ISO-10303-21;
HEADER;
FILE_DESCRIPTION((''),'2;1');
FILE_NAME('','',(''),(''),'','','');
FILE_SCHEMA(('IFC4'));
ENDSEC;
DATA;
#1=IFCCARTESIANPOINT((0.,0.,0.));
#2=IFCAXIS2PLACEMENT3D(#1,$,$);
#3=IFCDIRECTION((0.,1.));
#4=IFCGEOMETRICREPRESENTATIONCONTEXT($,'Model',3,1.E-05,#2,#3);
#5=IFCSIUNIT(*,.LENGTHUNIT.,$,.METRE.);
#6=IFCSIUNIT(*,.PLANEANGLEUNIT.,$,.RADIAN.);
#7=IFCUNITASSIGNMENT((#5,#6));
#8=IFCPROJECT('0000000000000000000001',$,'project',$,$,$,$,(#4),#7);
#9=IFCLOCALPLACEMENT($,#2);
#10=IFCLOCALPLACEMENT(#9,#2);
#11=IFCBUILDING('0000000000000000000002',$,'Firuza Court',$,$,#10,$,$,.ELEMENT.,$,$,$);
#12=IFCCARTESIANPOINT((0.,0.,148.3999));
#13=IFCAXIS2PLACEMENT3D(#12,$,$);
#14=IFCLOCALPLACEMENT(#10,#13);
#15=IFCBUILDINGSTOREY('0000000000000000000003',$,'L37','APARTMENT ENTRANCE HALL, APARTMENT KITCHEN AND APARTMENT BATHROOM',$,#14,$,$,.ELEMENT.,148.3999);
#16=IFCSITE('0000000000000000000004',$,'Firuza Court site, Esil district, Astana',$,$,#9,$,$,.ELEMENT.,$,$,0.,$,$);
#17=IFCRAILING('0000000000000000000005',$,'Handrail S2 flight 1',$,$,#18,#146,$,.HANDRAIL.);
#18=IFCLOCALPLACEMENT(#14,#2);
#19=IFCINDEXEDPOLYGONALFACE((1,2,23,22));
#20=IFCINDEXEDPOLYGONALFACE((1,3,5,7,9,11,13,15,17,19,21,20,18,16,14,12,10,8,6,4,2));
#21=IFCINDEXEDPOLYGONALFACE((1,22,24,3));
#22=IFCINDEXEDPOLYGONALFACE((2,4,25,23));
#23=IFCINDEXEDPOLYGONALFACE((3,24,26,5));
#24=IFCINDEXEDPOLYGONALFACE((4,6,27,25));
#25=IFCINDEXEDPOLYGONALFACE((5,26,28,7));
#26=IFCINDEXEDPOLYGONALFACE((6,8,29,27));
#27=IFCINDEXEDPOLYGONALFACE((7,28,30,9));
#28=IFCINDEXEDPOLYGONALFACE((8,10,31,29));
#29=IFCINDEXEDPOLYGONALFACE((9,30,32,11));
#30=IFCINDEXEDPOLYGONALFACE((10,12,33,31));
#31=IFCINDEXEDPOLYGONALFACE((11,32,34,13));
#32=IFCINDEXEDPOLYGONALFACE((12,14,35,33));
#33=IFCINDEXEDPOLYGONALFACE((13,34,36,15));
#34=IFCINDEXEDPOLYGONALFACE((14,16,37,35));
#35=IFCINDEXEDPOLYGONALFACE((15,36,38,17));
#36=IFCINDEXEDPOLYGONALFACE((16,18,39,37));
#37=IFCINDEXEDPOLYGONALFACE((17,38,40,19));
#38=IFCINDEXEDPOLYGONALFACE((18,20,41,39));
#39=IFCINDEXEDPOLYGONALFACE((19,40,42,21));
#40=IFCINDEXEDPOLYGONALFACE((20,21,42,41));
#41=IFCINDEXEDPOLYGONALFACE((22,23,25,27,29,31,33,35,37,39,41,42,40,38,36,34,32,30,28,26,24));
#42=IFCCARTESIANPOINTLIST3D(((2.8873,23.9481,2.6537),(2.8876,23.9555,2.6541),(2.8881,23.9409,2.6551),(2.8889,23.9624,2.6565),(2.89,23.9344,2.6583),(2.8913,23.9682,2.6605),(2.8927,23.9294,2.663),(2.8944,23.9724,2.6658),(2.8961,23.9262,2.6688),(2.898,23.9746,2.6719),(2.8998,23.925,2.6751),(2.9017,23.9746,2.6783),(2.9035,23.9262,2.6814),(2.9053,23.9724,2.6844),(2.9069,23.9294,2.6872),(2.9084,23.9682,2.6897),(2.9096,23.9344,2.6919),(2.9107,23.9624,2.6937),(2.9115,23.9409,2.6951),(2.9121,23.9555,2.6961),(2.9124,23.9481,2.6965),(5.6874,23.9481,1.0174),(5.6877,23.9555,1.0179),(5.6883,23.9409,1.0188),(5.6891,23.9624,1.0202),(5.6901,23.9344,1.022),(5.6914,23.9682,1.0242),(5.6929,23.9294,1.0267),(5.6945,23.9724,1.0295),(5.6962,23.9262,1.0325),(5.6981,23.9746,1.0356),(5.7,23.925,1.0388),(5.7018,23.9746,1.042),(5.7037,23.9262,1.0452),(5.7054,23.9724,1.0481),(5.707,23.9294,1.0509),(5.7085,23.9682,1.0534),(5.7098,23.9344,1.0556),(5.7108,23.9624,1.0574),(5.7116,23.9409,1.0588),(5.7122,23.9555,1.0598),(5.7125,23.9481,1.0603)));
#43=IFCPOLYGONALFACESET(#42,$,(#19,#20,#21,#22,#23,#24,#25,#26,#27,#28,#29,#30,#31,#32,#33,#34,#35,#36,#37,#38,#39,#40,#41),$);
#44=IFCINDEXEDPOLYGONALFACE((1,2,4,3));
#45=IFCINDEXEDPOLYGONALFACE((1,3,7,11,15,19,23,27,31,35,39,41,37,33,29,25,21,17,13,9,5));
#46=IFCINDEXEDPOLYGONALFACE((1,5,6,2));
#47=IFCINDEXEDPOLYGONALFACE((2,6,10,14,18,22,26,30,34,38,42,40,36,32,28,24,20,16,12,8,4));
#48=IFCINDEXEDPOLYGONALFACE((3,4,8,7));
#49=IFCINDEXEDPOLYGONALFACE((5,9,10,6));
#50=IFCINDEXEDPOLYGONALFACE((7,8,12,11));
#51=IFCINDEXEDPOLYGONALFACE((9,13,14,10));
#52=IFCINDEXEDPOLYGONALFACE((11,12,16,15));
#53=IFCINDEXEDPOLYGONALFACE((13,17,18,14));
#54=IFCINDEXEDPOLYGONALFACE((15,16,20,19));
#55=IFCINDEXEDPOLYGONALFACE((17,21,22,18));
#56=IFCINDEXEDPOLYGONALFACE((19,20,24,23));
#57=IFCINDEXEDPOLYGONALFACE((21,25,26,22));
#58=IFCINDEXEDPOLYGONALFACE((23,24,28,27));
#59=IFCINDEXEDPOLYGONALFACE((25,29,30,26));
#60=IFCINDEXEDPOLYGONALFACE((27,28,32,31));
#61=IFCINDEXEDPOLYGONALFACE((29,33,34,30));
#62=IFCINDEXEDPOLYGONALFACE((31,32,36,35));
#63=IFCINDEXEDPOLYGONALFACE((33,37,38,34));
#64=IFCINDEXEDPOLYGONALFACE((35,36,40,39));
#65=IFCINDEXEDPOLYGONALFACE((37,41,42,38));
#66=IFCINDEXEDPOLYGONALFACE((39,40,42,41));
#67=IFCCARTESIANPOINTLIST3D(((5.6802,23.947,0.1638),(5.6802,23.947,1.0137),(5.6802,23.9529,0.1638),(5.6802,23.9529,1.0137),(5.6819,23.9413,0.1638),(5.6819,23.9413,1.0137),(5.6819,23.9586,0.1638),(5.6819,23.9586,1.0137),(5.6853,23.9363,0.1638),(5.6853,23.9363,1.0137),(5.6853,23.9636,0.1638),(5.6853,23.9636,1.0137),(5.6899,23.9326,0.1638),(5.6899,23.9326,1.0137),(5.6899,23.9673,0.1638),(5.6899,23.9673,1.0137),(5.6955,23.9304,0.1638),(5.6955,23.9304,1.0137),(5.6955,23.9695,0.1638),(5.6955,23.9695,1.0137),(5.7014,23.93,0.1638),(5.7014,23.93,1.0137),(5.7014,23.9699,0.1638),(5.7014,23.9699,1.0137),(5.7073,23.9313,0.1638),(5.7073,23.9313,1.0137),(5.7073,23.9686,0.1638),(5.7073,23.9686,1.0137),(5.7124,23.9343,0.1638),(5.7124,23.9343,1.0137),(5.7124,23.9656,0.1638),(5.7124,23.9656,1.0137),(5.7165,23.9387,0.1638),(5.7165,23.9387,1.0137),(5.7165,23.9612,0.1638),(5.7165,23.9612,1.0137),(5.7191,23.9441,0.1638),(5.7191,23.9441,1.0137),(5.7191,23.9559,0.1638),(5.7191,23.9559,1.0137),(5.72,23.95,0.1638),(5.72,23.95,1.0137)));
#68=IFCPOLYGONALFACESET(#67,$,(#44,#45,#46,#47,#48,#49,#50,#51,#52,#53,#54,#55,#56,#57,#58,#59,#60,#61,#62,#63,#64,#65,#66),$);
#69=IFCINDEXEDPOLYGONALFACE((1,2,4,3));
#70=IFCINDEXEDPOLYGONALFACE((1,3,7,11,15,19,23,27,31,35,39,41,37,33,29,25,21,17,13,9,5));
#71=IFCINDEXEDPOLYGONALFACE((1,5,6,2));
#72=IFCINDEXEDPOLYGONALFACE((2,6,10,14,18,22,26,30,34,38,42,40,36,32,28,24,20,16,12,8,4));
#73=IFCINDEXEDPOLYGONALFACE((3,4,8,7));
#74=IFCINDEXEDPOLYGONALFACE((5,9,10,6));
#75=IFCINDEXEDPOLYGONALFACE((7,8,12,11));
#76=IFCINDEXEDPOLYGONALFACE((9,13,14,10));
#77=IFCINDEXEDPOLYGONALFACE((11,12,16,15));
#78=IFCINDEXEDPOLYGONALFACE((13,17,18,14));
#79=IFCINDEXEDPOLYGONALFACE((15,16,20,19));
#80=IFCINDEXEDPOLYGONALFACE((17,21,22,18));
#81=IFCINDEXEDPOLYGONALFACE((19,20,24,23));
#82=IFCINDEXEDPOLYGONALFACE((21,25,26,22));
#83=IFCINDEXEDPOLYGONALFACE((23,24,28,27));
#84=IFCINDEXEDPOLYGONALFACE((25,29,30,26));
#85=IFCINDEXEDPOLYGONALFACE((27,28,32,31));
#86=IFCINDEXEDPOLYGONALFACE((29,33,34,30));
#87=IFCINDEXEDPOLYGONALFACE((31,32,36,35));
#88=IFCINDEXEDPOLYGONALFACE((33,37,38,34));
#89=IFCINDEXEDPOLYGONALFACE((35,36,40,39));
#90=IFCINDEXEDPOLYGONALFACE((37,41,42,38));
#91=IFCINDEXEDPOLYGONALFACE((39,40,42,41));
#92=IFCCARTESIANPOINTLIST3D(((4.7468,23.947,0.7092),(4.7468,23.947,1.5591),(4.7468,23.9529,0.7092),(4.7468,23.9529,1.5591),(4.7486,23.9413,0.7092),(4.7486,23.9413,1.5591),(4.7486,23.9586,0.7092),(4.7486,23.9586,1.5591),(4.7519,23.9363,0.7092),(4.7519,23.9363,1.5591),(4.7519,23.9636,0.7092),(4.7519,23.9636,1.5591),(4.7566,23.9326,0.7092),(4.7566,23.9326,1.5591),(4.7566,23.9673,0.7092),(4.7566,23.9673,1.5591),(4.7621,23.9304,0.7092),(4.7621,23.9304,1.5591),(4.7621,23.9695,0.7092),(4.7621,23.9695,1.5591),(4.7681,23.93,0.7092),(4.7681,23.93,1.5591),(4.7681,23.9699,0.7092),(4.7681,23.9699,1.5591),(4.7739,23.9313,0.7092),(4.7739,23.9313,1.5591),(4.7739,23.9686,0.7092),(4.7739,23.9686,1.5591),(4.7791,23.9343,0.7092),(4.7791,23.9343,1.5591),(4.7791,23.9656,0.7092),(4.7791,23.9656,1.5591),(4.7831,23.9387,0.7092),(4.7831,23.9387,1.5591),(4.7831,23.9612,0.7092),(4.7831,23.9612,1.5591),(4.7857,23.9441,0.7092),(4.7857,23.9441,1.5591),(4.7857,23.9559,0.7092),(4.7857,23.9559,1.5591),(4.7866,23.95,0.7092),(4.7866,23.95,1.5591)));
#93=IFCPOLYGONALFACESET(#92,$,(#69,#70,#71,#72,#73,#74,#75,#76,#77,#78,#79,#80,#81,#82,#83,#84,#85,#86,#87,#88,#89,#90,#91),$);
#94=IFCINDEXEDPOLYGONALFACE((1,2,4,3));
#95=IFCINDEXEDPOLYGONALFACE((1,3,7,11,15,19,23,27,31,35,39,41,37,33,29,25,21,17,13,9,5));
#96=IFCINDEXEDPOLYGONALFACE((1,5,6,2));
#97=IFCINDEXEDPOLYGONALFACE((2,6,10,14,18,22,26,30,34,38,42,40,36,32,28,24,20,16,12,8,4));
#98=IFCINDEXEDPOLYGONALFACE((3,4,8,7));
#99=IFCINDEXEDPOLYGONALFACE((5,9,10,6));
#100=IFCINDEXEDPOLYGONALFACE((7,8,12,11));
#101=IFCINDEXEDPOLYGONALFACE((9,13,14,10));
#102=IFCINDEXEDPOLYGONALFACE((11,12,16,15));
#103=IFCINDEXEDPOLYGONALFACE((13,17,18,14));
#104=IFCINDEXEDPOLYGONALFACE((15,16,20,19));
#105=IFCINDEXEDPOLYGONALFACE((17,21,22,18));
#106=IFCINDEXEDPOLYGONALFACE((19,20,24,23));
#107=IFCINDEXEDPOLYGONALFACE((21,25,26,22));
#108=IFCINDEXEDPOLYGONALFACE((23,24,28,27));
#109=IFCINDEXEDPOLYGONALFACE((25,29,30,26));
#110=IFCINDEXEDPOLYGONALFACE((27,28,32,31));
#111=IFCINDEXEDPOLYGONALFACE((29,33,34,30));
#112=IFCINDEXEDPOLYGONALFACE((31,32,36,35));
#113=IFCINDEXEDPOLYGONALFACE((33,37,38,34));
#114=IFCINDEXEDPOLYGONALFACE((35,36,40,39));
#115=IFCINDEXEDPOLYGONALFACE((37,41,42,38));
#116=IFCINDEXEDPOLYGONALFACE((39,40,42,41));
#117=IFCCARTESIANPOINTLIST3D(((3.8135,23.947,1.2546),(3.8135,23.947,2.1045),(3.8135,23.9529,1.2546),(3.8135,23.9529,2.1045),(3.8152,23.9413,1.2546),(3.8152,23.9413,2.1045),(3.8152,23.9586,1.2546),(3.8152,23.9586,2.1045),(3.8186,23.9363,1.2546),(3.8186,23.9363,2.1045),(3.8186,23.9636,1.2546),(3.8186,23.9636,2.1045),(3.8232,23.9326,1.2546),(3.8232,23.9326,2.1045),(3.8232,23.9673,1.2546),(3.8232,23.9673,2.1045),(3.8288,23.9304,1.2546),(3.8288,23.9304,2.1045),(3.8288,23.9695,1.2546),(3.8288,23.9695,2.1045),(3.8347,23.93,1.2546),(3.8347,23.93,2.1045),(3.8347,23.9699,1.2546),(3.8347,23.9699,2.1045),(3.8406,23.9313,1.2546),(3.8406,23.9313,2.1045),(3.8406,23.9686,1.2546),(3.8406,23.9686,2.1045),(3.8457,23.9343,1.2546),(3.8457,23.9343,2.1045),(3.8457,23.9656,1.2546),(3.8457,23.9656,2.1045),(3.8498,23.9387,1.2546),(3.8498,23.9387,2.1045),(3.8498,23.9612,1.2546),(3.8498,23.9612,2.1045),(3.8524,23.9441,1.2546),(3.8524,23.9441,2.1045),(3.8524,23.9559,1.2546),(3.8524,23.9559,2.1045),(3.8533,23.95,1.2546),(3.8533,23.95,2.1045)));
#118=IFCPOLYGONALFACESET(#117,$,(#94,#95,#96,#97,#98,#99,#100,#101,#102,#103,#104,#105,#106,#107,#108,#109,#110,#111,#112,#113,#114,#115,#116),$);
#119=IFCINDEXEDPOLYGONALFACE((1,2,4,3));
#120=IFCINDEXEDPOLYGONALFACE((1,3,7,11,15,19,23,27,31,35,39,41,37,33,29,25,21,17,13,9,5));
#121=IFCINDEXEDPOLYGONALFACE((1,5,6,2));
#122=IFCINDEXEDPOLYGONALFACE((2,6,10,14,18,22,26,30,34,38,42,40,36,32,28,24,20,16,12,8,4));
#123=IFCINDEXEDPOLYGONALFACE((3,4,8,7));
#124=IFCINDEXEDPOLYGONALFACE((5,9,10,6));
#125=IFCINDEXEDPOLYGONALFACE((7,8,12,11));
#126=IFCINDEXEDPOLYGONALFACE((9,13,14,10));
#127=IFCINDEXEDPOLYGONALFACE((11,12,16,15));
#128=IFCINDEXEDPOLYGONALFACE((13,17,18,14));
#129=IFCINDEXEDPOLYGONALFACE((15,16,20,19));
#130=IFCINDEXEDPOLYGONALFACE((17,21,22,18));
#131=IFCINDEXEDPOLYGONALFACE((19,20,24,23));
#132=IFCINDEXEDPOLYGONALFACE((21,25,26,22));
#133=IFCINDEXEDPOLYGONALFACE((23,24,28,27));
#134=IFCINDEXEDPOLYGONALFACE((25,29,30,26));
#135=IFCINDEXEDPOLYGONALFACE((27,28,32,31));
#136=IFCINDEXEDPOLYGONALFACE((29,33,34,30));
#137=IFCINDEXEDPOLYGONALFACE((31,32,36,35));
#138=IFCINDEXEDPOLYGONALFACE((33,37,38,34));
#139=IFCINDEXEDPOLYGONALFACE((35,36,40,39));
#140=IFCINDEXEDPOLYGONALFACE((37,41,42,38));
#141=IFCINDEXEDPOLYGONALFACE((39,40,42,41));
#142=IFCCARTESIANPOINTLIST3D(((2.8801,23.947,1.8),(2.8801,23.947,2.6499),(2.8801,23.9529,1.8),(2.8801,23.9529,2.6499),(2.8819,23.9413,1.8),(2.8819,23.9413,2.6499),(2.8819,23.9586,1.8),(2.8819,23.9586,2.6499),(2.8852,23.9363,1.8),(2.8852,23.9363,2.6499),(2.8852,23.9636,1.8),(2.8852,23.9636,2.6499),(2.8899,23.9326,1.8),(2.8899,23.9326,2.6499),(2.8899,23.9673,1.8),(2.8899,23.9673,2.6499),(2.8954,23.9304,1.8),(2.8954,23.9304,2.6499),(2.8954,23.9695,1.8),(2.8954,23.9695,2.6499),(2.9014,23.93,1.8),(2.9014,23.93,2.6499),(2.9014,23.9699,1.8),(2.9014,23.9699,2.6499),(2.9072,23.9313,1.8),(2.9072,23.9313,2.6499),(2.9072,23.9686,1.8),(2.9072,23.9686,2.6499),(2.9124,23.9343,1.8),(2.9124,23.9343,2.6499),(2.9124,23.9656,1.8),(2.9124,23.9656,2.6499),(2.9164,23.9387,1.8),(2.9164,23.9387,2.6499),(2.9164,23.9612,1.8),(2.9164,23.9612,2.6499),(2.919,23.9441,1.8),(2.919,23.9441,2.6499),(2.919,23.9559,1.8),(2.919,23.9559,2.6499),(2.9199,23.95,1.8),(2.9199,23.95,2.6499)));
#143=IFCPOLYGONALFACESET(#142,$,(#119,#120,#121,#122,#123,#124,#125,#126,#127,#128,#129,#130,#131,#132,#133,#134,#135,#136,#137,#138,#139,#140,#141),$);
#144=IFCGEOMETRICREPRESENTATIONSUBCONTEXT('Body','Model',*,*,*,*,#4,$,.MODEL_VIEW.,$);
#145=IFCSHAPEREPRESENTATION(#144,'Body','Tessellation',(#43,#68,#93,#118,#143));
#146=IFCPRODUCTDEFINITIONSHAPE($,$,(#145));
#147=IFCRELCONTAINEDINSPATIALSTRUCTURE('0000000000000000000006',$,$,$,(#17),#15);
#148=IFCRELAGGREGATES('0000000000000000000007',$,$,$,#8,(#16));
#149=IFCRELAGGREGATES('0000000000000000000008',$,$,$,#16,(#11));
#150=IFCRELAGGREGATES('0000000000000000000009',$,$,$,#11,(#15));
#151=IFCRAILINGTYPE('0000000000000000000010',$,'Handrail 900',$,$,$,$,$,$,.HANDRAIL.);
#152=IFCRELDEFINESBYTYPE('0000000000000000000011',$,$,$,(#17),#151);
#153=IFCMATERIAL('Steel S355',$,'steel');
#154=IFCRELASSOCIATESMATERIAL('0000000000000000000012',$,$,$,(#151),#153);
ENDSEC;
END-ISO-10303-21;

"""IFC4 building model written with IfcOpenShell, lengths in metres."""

from ifc_helpers import new_model, si_unit, direction, frame, origin, origin_2d, place, context, subcontext, project, spatial, circle, extrude, material, type_object, element, save


model = new_model("IFC4")

# Units and contexts
model_context = context("Model", 3, precision=1e-05, world=origin(), true_north=direction((0.0, 1.0)))
body_context = subcontext(model_context, "Body", "Model", "MODEL_VIEW")
ifc_project = project(units=[si_unit("LENGTHUNIT", "METRE"), si_unit("PLANEANGLEUNIT", "RADIAN")], contexts=[model_context])

# Site, building, storey
site_placement = place(None, origin())
site = spatial("IfcSite", under=ifc_project, at=site_placement, Name="Firuza Court site, Esil district, Astana", CompositionType="ELEMENT", RefElevation=0.0)
building_placement = place(site_placement, origin())
building = spatial("IfcBuilding", under=site, at=building_placement, Name="Firuza Court", CompositionType="ELEMENT")
storey_placement = place(building_placement, frame((0.0, 0.0, 148.3999)))
storey = spatial("IfcBuildingStorey", under=building, at=storey_placement, Name="L37", Description="APARTMENT ENTRANCE HALL, APARTMENT KITCHEN AND APARTMENT BATHROOM", CompositionType="ELEMENT", Elevation=148.3999)

# Railing
ifc_material_1 = material(Name="Steel S355", Category="steel")
railing_type_1 = type_object("IfcRailingType", Name="Handrail 900", PredefinedType="HANDRAIL", material=ifc_material_1)
railing_1_placement = place(storey_placement, frame((5.7, 23.95, 0.1638)))
element("IfcRailing", 1, at=railing_1_placement, inside=storey, type_object=railing_type_1, Name="Handrail S2 flight 1", PredefinedType="HANDRAIL", context=body_context, shape_type="SweptSolid", body=[
    extrude(circle(Radius=0.0249, at=origin_2d()), frame((0.0, 0.0, 0.875), z_axis=(-0.863394, 0.0, 0.504531), x_axis=(0.0, -1.0, 0.0)), (0.0, 0.0, 1.0), 3.2432),
    extrude(circle(Radius=0.02, at=origin_2d()), origin(), (0.0, 0.0, 1.0), 0.8499),
    extrude(circle(Radius=0.02, at=origin_2d()), frame((-0.9333, 0.0, 0.5454)), (0.0, 0.0, 1.0), 0.8499),
    extrude(circle(Radius=0.02, at=origin_2d()), frame((-1.8667, 0.0, 1.0908)), (0.0, 0.0, 1.0), 0.8499),
    extrude(circle(Radius=0.02, at=origin_2d()), frame((-2.8, 0.0, 1.6362)), (0.0, 0.0, 1.0), 0.8499),
])

save(model, "model.ifc")
